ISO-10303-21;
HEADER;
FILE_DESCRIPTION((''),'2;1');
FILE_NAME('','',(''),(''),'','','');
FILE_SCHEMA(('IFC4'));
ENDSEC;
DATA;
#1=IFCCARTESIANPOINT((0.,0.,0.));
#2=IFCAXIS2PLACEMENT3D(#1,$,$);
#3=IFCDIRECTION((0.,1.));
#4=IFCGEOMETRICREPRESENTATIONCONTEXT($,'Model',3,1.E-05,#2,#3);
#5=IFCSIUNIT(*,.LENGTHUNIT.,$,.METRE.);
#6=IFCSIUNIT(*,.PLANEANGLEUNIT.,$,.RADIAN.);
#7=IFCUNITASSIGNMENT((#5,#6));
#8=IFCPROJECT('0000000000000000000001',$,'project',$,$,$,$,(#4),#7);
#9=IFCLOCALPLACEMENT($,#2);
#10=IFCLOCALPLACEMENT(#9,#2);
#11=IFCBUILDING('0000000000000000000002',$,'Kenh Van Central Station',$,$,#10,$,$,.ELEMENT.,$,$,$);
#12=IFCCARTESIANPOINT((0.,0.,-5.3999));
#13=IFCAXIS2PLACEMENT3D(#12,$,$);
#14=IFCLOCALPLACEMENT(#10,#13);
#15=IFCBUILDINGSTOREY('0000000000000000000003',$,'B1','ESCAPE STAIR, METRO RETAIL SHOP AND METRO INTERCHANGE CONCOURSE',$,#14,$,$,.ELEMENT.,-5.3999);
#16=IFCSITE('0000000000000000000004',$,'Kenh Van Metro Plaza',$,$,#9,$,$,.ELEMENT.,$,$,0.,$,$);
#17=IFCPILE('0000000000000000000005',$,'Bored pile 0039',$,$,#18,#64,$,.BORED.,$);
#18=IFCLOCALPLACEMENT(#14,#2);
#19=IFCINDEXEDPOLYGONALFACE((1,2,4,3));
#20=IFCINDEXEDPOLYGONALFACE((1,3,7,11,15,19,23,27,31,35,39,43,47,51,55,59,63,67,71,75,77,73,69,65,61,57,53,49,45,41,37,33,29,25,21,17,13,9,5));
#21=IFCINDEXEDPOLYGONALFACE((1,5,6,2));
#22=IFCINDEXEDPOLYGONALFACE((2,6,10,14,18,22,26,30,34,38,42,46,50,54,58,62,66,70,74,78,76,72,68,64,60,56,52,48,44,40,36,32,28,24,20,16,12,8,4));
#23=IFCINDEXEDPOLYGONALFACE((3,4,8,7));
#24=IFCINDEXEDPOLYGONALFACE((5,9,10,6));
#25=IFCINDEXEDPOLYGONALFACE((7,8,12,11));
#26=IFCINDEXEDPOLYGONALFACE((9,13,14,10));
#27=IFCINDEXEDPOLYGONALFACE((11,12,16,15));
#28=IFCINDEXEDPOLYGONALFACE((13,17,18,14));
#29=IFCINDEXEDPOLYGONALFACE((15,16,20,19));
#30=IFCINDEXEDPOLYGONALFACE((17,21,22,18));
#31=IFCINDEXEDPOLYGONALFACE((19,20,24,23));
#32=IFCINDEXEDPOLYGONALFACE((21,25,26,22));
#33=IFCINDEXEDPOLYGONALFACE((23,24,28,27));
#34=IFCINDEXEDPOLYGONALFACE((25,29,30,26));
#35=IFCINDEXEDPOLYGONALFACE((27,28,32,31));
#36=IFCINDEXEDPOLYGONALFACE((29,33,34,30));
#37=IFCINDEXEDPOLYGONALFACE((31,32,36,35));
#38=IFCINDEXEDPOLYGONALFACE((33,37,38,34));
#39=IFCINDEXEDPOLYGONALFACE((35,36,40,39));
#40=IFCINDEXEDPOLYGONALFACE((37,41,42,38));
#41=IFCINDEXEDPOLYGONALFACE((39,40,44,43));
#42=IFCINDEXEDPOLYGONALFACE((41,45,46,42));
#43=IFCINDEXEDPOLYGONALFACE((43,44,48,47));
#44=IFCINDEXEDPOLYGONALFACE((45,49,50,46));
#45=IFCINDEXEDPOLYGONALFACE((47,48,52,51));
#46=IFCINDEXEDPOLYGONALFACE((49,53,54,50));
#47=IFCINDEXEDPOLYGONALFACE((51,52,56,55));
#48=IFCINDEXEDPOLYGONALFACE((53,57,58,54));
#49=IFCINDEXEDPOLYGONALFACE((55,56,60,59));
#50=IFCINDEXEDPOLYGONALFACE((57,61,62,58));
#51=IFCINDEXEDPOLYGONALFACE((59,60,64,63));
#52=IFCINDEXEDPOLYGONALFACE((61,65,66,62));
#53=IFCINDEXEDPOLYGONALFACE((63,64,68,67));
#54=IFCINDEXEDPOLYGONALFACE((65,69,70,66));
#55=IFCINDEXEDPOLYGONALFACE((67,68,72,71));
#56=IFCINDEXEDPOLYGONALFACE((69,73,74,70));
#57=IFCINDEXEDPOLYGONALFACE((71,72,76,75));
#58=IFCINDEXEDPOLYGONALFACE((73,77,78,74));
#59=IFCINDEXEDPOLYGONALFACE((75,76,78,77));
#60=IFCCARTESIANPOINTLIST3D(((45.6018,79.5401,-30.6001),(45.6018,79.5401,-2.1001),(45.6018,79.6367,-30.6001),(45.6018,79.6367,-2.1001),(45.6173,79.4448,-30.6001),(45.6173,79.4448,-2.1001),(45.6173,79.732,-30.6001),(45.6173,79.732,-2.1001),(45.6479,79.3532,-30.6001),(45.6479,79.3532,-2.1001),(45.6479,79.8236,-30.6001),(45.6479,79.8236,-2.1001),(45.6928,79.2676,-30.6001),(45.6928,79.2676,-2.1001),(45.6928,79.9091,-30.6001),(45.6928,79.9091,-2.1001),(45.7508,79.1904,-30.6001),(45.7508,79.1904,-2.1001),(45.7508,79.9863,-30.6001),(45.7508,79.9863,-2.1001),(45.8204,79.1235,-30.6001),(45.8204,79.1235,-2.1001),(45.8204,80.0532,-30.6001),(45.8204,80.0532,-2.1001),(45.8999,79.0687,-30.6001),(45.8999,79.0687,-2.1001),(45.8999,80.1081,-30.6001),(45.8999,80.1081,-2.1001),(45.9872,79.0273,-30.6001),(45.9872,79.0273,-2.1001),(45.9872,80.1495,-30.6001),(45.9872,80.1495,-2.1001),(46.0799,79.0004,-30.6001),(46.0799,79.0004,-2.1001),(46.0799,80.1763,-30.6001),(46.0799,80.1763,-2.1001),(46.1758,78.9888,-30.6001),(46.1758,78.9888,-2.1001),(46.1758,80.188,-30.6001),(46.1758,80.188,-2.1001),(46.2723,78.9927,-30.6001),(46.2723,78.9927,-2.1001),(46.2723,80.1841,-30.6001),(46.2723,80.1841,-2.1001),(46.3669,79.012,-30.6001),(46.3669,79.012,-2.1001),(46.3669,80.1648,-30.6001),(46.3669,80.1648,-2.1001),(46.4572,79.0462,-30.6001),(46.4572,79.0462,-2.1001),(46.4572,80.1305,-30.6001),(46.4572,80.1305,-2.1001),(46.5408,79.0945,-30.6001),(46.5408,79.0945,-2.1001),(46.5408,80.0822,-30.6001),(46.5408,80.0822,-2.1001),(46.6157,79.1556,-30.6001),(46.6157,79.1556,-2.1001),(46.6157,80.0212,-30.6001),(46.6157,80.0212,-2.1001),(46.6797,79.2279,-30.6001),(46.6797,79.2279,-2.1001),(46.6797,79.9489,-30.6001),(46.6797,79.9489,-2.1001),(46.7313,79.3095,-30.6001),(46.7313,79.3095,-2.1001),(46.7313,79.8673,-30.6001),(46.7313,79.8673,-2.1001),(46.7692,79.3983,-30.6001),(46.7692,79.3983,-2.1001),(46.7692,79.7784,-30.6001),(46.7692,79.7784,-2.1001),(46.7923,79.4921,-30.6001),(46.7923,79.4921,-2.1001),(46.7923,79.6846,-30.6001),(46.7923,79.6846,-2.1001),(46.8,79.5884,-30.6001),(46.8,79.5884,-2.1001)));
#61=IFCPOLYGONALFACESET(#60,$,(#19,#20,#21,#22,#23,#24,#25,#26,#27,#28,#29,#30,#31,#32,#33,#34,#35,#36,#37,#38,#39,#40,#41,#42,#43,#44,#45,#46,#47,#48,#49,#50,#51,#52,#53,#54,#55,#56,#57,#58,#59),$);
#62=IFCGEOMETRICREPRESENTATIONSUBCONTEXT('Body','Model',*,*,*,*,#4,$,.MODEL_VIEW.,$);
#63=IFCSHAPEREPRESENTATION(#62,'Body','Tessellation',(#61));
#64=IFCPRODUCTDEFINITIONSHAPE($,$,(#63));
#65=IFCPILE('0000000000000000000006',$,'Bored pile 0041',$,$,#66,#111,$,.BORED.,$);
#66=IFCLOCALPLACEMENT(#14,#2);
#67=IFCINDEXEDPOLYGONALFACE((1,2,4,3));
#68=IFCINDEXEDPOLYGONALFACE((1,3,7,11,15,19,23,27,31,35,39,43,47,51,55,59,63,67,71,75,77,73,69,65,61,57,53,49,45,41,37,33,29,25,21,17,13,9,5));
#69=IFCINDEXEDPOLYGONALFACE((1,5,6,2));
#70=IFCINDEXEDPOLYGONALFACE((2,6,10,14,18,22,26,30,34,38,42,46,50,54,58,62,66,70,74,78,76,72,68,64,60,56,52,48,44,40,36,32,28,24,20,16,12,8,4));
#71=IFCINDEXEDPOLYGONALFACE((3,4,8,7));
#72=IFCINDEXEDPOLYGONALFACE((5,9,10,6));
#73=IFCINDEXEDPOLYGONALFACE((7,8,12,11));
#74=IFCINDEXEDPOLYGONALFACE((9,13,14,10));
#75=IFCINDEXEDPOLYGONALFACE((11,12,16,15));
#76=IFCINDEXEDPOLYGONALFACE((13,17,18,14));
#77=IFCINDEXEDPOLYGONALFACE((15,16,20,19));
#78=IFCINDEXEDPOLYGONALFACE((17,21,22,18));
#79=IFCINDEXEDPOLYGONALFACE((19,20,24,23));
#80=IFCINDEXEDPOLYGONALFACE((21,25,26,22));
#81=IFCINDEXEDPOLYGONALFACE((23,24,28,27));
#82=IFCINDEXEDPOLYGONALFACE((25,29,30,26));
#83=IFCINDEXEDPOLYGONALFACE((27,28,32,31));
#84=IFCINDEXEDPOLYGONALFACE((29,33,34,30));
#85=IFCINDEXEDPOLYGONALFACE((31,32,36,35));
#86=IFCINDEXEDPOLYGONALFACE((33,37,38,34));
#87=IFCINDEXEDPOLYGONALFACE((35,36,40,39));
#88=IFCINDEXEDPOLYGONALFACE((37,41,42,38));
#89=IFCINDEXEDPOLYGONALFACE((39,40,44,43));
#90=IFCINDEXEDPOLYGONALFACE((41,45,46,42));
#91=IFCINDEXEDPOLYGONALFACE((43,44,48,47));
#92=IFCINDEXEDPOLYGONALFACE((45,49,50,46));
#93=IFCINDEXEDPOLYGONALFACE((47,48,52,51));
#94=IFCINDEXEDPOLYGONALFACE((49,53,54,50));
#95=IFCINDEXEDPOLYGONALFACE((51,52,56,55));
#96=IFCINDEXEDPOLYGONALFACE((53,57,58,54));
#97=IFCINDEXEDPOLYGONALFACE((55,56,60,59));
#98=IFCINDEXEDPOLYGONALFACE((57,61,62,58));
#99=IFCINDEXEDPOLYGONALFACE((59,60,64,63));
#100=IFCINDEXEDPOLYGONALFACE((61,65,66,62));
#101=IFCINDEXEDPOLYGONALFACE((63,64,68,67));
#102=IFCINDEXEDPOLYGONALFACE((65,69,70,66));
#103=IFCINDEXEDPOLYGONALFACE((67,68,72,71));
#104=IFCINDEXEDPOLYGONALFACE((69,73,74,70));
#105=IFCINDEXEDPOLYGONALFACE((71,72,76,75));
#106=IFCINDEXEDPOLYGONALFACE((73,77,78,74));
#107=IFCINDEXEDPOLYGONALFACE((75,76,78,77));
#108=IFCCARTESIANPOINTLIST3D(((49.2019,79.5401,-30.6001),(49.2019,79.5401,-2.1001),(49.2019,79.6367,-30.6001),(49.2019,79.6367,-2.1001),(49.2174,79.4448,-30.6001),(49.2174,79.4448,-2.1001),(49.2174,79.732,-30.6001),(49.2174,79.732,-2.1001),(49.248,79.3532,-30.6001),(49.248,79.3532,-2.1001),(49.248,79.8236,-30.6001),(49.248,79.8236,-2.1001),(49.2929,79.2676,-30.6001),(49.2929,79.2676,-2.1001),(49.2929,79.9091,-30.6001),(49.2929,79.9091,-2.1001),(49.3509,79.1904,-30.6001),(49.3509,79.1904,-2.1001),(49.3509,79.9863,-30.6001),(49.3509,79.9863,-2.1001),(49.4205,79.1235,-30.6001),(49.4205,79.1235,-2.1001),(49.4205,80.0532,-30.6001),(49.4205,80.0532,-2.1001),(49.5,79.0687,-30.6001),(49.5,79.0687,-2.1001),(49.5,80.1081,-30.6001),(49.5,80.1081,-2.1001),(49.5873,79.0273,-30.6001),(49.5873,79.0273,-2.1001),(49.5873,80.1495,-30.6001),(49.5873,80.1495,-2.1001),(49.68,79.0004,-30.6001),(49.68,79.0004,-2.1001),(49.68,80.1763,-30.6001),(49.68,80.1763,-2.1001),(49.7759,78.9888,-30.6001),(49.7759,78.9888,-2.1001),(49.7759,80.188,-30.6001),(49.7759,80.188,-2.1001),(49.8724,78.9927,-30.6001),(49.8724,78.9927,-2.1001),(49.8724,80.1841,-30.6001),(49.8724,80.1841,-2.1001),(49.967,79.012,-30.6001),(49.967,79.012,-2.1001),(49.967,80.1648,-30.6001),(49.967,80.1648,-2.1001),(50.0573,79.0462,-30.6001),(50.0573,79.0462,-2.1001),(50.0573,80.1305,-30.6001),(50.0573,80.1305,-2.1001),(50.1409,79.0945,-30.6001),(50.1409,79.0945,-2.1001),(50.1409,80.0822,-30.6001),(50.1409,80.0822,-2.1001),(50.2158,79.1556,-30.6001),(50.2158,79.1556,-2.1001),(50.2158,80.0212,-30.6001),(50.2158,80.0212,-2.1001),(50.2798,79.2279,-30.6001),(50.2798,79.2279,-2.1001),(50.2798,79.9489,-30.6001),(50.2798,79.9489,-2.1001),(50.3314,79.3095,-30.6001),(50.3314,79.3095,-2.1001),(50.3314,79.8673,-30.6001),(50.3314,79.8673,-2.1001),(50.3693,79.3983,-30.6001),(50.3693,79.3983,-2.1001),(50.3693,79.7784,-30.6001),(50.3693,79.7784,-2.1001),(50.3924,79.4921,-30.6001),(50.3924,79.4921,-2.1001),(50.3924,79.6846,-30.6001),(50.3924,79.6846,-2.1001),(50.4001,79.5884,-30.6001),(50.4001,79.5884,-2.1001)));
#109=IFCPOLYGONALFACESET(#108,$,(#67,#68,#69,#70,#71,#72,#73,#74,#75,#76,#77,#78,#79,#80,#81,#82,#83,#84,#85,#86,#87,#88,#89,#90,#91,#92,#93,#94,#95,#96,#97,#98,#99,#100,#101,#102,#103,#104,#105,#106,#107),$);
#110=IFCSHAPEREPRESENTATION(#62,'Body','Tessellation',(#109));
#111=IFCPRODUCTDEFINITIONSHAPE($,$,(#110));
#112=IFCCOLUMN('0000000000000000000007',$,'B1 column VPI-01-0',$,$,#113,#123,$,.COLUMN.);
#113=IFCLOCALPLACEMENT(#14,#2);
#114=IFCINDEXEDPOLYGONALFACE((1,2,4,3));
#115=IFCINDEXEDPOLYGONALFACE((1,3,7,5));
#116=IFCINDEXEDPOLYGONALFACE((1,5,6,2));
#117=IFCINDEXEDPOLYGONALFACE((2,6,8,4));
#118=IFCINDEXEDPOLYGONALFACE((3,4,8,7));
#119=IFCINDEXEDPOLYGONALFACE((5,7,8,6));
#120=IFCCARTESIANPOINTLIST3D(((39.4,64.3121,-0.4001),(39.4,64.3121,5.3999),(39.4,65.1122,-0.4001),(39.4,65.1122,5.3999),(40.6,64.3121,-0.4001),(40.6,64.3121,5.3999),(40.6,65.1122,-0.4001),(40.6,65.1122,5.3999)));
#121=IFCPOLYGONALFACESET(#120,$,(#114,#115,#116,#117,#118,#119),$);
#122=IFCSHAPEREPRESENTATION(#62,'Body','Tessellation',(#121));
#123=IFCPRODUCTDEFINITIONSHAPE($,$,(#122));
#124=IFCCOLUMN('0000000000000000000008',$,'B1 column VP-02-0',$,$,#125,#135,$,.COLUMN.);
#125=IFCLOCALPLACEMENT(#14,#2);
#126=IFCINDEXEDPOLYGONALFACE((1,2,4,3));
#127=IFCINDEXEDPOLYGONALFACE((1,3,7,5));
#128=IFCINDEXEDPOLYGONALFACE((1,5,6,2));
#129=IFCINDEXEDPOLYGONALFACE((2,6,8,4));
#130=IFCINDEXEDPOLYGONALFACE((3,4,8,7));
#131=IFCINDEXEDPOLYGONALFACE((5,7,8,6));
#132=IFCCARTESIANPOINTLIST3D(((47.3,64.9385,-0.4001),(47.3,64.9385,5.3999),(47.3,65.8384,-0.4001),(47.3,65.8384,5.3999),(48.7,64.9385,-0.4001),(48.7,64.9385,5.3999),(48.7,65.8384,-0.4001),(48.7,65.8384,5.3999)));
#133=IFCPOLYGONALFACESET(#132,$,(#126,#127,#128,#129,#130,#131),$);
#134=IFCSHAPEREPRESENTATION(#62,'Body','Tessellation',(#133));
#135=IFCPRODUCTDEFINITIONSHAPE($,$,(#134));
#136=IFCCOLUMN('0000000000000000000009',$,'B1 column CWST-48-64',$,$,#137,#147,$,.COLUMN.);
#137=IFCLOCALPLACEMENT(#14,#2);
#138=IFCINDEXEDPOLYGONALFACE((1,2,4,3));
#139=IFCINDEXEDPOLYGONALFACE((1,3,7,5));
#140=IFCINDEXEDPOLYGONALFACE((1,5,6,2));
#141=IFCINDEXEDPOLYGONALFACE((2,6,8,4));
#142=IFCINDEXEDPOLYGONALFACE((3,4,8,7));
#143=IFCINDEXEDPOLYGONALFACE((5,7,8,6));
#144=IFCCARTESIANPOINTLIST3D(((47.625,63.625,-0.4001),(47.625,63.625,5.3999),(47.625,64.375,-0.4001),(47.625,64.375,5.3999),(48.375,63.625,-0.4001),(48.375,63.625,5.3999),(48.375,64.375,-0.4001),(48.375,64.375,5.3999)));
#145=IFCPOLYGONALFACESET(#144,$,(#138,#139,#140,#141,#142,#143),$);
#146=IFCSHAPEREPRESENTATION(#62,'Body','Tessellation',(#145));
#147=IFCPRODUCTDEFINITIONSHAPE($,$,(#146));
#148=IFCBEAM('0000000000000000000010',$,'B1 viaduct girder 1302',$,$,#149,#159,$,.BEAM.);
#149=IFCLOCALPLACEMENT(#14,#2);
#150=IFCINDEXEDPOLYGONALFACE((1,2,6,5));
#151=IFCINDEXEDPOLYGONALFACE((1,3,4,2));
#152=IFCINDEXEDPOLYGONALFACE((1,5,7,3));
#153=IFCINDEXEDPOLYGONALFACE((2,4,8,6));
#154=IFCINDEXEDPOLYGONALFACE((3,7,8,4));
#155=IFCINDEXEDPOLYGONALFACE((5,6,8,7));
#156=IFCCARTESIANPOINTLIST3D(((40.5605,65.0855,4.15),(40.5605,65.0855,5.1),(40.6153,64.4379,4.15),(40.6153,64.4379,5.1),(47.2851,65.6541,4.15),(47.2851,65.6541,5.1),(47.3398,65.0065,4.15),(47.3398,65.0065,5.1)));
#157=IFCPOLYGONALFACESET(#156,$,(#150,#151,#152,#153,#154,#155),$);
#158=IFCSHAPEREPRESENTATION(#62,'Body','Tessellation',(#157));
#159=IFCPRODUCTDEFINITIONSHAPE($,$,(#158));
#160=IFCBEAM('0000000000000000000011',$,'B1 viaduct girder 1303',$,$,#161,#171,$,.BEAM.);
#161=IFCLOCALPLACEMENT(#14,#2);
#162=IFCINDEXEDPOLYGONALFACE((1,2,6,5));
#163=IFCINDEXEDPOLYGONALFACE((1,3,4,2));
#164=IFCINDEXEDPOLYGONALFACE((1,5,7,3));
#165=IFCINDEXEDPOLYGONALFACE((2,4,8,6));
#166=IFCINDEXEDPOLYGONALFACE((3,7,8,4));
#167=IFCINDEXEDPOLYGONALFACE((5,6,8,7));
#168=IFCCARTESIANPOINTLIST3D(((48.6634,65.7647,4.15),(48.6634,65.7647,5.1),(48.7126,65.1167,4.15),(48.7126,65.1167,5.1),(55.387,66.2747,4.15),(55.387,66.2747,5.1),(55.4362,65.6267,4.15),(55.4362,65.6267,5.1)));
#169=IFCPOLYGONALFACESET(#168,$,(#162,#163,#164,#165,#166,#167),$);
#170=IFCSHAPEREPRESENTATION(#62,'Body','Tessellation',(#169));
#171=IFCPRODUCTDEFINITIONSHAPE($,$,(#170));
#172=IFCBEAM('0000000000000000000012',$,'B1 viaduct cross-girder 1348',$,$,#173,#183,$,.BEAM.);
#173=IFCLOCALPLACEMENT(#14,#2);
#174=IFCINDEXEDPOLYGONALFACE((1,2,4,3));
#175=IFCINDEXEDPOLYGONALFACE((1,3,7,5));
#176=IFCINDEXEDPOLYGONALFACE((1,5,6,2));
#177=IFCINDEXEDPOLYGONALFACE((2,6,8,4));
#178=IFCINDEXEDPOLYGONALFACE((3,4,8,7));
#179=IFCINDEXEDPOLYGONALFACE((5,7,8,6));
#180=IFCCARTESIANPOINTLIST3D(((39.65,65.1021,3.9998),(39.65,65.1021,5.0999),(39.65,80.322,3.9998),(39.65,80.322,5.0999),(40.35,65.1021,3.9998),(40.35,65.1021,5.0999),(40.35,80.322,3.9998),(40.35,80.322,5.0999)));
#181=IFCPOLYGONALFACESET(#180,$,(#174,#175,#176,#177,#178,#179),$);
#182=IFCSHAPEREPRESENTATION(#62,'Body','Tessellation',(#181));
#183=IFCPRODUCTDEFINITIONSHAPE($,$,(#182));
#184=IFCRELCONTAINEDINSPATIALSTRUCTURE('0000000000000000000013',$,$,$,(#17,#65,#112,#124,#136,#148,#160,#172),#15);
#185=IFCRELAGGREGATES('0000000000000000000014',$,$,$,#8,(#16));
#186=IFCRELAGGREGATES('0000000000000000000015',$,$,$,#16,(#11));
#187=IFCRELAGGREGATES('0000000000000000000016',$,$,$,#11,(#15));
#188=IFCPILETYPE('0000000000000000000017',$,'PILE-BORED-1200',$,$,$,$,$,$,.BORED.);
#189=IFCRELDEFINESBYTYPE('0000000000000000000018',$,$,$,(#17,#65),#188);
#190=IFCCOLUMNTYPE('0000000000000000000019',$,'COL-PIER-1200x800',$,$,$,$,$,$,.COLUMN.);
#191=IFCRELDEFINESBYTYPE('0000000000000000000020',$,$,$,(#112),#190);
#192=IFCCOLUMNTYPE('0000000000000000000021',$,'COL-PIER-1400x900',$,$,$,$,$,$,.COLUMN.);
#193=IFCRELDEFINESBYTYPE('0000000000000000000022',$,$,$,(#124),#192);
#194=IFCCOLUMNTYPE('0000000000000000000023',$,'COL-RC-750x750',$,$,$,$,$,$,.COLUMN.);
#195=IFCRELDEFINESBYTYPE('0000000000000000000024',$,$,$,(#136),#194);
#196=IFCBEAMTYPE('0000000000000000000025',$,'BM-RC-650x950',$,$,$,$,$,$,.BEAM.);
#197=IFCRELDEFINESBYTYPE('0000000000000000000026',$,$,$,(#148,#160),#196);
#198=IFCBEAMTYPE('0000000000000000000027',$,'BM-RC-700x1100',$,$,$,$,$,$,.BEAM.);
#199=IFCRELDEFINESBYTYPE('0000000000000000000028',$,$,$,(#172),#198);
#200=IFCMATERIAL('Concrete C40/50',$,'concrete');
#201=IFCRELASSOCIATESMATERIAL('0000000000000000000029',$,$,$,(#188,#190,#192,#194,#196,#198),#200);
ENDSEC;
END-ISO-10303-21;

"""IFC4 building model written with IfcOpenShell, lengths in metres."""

from ifc_helpers import new_model, si_unit, direction, frame, origin, origin_2d, place, context, subcontext, project, spatial, rectangle, circle, extrude, material, material_profile, profile_set, type_object, element, save


model = new_model("IFC4")

# Units and contexts
model_context = context("Model", 3, precision=1e-05, world=origin(), true_north=direction((0.0, 1.0)))
body_context = subcontext(model_context, "Body", "Model", "MODEL_VIEW")
ifc_project = project(units=[si_unit("LENGTHUNIT", "METRE"), si_unit("PLANEANGLEUNIT", "RADIAN")], contexts=[model_context])

# Site, building, storey
site_placement = place(None, origin())
site = spatial("IfcSite", under=ifc_project, at=site_placement, Name="Kenh Van Metro Plaza", CompositionType="ELEMENT", RefElevation=0.0)
building_placement = place(site_placement, origin())
building = spatial("IfcBuilding", under=site, at=building_placement, Name="Kenh Van Central Station", CompositionType="ELEMENT")
storey_placement = place(building_placement, frame((0.0, 0.0, -5.3999)))
storey = spatial("IfcBuildingStorey", under=building, at=storey_placement, Name="B1", Description="ESCAPE STAIR, METRO RETAIL SHOP AND METRO INTERCHANGE CONCOURSE", CompositionType="ELEMENT", Elevation=-5.3999)

# Shared definitions
ifc_material = material(Name="Concrete C40/50", Category="concrete")

# Piles
ifc_material_profile_1 = material_profile(ifc_material, circle(Radius=0.6001, at=origin_2d()), Name="PILE D1200")
ifc_profile_set_1 = profile_set([ifc_material_profile_1], Name="Concrete C40/50")
pile_type_1 = type_object("IfcPileType", Name="PILE-BORED-1200", PredefinedType="BORED", material=ifc_profile_set_1)
for number, where, z_axis, x_axis, name in (
    (1, (46.2, 79.5884, -2.1001), (0.0, 0.0, -1.0), (1.0, 0.0, 0.0), "Bored pile 0039"),
    (2, (49.8, 79.5884, -2.1001), (0.0, 0.0, -1.0), (1.0, 0.0, 0.0), "Bored pile 0041"),
):
    element("IfcPile", number, at=place(storey_placement, frame(where, z_axis=z_axis, x_axis=x_axis)), inside=storey, type_object=pile_type_1, Name=name, PredefinedType="BORED", context=body_context, shape_type="SweptSolid", body=[
        extrude(circle(Radius=0.6001, at=origin_2d()), origin(), (0.0, 0.0, 1.0), 28.5),
    ])

# Columns
ifc_material_profile_2 = material_profile(ifc_material, rectangle(XDim=1.2, YDim=0.8, at=origin_2d()), Name="RC 1200x800")
ifc_profile_set_2 = profile_set([ifc_material_profile_2], Name="Concrete C40/50")
column_type_1 = type_object("IfcColumnType", Name="COL-PIER-1200x800", PredefinedType="COLUMN", material=ifc_profile_set_2)
column_1_placement = place(storey_placement, frame((40.0, 64.7122, -0.4001), z_axis=(0.0, 0.0, 1.0), x_axis=(1.0, 0.0, 0.0)))
element("IfcColumn", 3, at=column_1_placement, inside=storey, type_object=column_type_1, Name="B1 column VPI-01-0", PredefinedType="COLUMN", context=body_context, shape_type="SweptSolid", body=[
    extrude(rectangle(XDim=1.2, YDim=0.8, at=origin_2d()), origin(), (0.0, 0.0, 1.0), 5.8),
])
ifc_material_profile_3 = material_profile(ifc_material, rectangle(XDim=1.3999, YDim=0.8999, at=origin_2d()), Name="RC 1400x900")
ifc_profile_set_3 = profile_set([ifc_material_profile_3], Name="Concrete C40/50")
column_type_2 = type_object("IfcColumnType", Name="COL-PIER-1400x900", PredefinedType="COLUMN", material=ifc_profile_set_3)
column_2_placement = place(storey_placement, frame((48.0, 65.3884, -0.4001), z_axis=(0.0, 0.0, 1.0), x_axis=(1.0, 0.0, 0.0)))
element("IfcColumn", 4, at=column_2_placement, inside=storey, type_object=column_type_2, Name="B1 column VP-02-0", PredefinedType="COLUMN", context=body_context, shape_type="SweptSolid", body=[
    extrude(rectangle(XDim=1.3999, YDim=0.8999, at=origin_2d()), origin(), (0.0, 0.0, 1.0), 5.8),
])
ifc_material_profile_4 = material_profile(ifc_material, rectangle(XDim=0.75, YDim=0.75, at=origin_2d()), Name="RC 750x750")
ifc_profile_set_4 = profile_set([ifc_material_profile_4], Name="Concrete C40/50")
column_type_3 = type_object("IfcColumnType", Name="COL-RC-750x750", PredefinedType="COLUMN", material=ifc_profile_set_4)
column_3_placement = place(storey_placement, frame((48.0, 64.0, -0.4001), z_axis=(0.0, 0.0, 1.0), x_axis=(1.0, 0.0, 0.0)))
element("IfcColumn", 5, at=column_3_placement, inside=storey, type_object=column_type_3, Name="B1 column CWST-48-64", PredefinedType="COLUMN", context=body_context, shape_type="SweptSolid", body=[
    extrude(rectangle(XDim=0.75, YDim=0.75, at=origin_2d()), origin(), (0.0, 0.0, 1.0), 5.8),
])

# Beams
ifc_material_profile_5 = material_profile(ifc_material, rectangle(XDim=0.6499, YDim=0.95, at=origin_2d()), Name="RC 650x950")
ifc_profile_set_5 = profile_set([ifc_material_profile_5], Name="Concrete C40/50")
beam_type_1 = type_object("IfcBeamType", Name="BM-RC-650x950", PredefinedType="BEAM", material=ifc_profile_set_5)
beam_1_placement = place(storey_placement, frame((40.5879, 64.7617, 4.625), z_axis=(0.996444, 0.084255, 0.0), x_axis=(-0.084255, 0.996444, 0.0)))
element("IfcBeam", 6, at=beam_1_placement, inside=storey, type_object=beam_type_1, Name="B1 viaduct girder 1302", PredefinedType="BEAM", context=body_context, shape_type="SweptSolid", body=[
    extrude(rectangle(XDim=0.6499, YDim=0.95, at=origin_2d()), origin(), (0.0, 0.0, 1.0), 6.7485),
])
beam_2_placement = place(storey_placement, frame((48.688, 65.4407, 4.625), z_axis=(0.997135, 0.075636, 0.0), x_axis=(-0.075636, 0.997135, 0.0)))
element("IfcBeam", 7, at=beam_2_placement, inside=storey, type_object=beam_type_1, Name="B1 viaduct girder 1303", PredefinedType="BEAM", context=body_context, shape_type="SweptSolid", body=[
    extrude(rectangle(XDim=0.6499, YDim=0.95, at=origin_2d()), origin(), (0.0, 0.0, 1.0), 6.7429),
])
ifc_material_profile_6 = material_profile(ifc_material, rectangle(XDim=0.7, YDim=1.1001, at=origin_2d()), Name="RC 700x1100")
ifc_profile_set_6 = profile_set([ifc_material_profile_6], Name="Concrete C40/50")
beam_type_2 = type_object("IfcBeamType", Name="BM-RC-700x1100", PredefinedType="BEAM", material=ifc_profile_set_6)
beam_3_placement = place(storey_placement, frame((40.0, 65.1021, 4.5498), z_axis=(0.0, 1.0, 0.0), x_axis=(-1.0, 0.0, 0.0)))
element("IfcBeam", 8, at=beam_3_placement, inside=storey, type_object=beam_type_2, Name="B1 viaduct cross-girder 1348", PredefinedType="BEAM", context=body_context, shape_type="SweptSolid", body=[
    extrude(rectangle(XDim=0.7, YDim=1.1001, at=origin_2d()), origin(), (0.0, 0.0, 1.0), 15.22),
])

save(model, "model.ifc")
